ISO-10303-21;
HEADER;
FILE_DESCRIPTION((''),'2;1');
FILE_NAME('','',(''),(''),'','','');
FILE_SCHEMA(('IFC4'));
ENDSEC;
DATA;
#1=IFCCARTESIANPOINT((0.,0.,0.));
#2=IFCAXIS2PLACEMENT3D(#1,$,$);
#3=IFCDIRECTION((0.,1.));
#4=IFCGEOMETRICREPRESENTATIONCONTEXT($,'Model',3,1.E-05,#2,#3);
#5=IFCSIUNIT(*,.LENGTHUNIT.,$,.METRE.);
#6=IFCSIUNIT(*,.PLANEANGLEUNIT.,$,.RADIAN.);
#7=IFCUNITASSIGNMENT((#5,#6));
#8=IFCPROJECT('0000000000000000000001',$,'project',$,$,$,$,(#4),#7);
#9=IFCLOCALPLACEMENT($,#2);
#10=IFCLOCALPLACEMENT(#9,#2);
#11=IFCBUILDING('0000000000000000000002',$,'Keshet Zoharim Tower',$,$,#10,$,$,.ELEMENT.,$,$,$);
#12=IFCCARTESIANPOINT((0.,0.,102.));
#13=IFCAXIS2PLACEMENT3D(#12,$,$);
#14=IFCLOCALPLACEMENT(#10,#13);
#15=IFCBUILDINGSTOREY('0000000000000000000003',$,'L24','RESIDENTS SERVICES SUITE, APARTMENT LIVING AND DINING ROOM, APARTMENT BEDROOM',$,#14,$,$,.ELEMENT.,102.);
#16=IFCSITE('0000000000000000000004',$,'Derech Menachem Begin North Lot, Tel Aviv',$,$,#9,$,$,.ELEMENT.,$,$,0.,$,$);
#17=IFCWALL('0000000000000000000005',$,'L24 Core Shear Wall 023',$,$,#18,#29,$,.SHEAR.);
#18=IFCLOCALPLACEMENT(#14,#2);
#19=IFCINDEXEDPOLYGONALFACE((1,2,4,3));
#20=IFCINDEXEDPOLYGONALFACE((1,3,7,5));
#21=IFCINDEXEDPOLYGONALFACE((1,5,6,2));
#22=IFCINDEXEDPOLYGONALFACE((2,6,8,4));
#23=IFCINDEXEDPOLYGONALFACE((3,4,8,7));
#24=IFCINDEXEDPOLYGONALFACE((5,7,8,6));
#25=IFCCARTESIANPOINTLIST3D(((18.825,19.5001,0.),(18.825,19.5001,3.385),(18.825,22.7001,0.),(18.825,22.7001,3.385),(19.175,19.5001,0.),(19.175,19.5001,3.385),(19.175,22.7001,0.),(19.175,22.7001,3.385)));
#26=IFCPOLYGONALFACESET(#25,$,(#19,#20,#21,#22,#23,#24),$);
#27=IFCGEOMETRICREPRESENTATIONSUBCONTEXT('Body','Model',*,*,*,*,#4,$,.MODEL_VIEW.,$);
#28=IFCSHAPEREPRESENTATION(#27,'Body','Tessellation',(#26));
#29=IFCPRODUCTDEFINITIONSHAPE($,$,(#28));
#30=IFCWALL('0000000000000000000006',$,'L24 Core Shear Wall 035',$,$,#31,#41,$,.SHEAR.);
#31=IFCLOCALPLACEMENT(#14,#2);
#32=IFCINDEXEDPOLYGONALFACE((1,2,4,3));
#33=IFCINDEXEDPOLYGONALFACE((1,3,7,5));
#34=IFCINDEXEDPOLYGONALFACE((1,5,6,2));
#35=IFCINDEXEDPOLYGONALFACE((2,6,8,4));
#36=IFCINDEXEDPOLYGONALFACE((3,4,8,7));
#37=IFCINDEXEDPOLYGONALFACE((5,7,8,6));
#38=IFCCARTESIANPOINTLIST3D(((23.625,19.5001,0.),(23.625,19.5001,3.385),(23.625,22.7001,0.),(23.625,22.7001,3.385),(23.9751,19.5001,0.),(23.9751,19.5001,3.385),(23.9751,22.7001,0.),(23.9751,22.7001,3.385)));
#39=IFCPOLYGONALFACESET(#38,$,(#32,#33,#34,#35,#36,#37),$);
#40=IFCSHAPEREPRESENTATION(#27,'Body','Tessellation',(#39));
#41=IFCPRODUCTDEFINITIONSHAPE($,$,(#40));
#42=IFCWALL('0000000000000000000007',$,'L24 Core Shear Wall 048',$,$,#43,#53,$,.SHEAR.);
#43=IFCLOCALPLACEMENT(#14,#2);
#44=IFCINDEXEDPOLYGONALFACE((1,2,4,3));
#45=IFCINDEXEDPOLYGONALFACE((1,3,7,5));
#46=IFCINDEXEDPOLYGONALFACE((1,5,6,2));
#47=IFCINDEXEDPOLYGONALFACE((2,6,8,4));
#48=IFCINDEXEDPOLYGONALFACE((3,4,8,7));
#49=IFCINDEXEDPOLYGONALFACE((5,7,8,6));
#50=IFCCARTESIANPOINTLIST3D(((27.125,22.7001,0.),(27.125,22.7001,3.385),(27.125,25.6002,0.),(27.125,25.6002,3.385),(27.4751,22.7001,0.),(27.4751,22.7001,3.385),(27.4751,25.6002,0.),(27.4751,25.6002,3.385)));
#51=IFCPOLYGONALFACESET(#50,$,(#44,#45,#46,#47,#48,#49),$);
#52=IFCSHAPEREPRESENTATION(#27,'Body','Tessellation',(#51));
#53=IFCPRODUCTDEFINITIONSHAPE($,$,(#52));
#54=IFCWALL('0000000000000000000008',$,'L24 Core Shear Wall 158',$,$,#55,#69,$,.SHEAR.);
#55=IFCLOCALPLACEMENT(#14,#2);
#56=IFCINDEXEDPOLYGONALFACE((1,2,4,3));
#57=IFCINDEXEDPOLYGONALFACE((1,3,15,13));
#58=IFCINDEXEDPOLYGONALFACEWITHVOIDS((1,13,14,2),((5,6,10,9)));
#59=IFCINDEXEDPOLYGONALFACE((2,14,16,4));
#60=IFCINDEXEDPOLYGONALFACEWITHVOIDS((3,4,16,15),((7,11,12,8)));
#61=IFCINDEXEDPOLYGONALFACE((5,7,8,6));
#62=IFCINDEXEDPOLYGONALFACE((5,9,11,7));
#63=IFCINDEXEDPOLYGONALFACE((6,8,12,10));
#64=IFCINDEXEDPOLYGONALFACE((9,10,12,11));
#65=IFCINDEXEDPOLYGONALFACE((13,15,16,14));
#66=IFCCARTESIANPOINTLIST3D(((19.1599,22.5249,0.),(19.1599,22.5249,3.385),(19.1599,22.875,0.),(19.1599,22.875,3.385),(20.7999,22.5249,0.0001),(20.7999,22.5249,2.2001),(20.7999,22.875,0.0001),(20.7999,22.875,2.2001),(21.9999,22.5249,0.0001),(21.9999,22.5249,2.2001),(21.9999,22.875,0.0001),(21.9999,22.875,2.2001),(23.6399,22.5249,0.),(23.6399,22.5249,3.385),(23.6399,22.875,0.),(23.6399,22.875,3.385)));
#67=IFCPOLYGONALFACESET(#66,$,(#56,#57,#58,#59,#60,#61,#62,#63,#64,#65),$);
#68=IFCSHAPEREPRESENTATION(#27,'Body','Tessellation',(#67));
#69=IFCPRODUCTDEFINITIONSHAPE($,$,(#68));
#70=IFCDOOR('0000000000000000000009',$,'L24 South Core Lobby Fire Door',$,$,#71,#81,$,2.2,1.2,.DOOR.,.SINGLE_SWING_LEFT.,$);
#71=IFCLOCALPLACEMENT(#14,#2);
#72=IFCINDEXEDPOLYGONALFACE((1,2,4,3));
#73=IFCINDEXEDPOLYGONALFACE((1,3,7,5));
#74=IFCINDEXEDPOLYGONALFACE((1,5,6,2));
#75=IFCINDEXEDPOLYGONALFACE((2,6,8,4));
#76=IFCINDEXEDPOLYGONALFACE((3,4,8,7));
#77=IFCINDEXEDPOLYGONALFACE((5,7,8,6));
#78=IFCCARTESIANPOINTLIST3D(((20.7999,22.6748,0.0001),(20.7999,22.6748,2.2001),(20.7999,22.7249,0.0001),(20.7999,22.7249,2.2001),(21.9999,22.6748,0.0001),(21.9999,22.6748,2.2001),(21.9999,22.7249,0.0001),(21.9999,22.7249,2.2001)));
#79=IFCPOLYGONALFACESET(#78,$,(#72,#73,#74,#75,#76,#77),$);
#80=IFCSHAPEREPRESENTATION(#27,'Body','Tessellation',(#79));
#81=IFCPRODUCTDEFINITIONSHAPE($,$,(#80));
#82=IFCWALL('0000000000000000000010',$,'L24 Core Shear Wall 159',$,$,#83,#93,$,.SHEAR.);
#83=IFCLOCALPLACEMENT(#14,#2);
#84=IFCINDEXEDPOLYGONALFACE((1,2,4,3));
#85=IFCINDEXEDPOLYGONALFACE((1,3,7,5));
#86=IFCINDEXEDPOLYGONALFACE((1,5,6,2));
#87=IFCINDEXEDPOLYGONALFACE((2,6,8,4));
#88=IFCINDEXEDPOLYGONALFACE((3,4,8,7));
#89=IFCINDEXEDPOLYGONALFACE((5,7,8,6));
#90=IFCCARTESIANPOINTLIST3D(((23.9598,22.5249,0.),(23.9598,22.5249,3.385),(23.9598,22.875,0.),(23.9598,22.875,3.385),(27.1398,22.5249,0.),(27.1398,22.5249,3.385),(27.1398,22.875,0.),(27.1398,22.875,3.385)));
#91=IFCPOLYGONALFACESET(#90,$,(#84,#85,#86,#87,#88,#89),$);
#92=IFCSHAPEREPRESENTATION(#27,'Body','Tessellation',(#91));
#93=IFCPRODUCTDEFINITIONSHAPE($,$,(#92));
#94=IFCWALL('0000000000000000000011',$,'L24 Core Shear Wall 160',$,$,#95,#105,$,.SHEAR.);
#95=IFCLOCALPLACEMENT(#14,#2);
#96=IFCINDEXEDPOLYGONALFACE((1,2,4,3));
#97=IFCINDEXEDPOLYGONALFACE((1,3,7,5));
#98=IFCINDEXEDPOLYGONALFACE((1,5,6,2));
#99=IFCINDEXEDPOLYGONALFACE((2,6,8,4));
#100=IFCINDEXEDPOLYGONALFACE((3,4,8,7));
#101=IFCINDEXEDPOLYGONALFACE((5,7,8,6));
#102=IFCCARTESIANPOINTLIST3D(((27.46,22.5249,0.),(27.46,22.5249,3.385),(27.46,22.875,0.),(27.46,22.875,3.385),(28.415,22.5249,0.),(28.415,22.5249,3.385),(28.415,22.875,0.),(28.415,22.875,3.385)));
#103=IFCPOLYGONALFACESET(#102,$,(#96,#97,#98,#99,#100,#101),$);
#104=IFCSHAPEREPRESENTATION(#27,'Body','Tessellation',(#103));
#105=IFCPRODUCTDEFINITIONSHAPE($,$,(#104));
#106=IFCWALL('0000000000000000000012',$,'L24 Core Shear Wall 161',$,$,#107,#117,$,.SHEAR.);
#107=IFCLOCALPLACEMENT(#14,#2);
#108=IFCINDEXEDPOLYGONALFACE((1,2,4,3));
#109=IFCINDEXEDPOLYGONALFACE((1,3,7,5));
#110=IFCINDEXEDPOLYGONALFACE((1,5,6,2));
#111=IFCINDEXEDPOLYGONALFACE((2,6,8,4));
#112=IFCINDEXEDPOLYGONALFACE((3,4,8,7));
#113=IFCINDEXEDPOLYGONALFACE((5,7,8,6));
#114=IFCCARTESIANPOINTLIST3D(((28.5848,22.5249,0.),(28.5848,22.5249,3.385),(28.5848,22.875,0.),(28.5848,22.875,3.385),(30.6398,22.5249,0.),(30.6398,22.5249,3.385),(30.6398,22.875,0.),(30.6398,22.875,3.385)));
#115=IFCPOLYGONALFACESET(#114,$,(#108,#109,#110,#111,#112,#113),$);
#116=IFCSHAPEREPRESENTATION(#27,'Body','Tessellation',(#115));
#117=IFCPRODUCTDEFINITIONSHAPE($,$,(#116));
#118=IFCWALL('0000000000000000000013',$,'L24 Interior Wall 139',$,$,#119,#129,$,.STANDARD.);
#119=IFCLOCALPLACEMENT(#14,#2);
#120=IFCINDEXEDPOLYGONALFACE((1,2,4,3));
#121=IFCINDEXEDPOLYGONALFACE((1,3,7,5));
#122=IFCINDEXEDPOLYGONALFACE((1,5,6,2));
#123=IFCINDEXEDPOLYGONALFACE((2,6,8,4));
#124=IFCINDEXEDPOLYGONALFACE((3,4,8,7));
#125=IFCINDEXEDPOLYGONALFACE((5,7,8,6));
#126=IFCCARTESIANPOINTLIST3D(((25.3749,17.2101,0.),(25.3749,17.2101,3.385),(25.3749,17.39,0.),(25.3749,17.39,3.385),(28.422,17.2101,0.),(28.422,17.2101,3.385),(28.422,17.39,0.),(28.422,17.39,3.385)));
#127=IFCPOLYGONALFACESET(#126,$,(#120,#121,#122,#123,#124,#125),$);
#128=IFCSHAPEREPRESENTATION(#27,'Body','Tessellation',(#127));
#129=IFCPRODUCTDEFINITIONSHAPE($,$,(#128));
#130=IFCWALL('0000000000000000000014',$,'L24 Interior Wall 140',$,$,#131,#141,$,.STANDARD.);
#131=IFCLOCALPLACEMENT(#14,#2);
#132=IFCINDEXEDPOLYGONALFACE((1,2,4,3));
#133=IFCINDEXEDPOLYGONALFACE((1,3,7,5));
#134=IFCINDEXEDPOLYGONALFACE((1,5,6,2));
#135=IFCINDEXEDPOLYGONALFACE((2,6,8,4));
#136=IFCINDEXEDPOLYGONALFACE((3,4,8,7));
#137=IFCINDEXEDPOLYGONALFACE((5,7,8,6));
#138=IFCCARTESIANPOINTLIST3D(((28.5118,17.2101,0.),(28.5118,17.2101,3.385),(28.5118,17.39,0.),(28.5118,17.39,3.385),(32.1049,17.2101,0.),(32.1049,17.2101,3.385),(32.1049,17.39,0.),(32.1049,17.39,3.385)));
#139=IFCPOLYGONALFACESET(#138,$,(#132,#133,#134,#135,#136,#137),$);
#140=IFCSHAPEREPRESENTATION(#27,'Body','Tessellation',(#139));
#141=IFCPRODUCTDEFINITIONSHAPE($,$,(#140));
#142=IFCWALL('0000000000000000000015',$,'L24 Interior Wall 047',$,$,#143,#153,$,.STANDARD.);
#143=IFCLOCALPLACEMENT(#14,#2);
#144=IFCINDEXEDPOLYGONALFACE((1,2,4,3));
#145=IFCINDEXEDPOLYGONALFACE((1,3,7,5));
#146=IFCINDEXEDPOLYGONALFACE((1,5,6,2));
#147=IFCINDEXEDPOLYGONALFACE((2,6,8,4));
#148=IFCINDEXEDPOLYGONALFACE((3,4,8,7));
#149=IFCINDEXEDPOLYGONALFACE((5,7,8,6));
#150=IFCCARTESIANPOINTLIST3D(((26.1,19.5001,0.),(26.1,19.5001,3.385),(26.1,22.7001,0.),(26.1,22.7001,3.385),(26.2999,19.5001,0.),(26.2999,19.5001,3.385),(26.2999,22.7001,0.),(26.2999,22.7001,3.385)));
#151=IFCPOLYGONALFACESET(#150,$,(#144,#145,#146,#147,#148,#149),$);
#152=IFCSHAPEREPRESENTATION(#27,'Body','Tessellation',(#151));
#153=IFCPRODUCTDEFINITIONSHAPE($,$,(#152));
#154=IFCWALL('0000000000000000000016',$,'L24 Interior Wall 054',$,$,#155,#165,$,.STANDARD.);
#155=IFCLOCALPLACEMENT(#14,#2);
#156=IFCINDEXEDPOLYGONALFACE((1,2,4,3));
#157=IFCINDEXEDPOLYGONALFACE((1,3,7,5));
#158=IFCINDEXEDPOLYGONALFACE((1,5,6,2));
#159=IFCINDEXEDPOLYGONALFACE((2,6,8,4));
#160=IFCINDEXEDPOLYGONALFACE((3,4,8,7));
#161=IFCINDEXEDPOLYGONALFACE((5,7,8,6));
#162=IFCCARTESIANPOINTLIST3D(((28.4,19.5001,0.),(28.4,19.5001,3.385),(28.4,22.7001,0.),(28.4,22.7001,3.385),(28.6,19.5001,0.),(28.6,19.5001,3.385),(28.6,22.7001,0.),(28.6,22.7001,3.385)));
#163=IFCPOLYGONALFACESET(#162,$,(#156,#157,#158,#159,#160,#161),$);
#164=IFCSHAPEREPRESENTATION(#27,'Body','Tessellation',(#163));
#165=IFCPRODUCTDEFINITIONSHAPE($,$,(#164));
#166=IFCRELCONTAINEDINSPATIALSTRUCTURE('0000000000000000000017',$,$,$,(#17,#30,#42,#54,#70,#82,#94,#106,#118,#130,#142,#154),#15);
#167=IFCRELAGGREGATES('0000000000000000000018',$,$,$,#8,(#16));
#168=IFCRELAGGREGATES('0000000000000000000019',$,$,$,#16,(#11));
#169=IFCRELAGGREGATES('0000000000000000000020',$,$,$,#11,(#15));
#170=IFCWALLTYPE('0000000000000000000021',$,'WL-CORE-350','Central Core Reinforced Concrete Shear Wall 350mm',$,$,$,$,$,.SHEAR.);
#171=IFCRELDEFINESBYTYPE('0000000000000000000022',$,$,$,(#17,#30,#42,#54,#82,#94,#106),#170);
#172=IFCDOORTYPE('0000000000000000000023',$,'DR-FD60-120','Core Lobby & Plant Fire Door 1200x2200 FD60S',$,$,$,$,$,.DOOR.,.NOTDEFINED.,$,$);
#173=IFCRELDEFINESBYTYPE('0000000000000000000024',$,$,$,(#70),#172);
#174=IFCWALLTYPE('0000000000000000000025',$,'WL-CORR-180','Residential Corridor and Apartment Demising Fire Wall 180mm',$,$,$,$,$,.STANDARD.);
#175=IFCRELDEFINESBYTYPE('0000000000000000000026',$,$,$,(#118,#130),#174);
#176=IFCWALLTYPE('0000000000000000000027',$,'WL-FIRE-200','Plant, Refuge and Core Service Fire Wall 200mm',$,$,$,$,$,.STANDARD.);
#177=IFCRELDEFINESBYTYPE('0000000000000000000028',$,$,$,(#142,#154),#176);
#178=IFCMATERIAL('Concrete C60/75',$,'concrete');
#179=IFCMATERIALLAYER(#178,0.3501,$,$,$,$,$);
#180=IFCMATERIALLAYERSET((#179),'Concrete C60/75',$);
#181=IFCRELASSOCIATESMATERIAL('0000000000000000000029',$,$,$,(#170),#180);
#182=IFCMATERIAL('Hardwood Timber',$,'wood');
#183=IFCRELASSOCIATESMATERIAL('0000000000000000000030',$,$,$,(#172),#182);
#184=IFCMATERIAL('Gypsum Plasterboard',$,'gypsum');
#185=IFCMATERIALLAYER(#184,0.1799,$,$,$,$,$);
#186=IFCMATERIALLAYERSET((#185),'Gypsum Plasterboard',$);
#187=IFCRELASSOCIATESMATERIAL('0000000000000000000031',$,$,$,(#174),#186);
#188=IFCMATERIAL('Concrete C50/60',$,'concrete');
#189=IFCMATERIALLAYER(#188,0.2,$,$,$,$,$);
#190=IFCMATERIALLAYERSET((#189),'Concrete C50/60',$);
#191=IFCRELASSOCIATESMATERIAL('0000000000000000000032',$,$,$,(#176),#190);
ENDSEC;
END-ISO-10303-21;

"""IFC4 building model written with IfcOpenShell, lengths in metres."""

from ifc_helpers import new_model, si_unit, direction, frame, frame_2d, origin, place, context, subcontext, project, spatial, rectangle, extrude, material, layer, layer_set, type_object, element, fill, save


model = new_model("IFC4")

# Units and contexts
model_context = context("Model", 3, precision=1e-05, world=origin(), true_north=direction((0.0, 1.0)))
body_context = subcontext(model_context, "Body", "Model", "MODEL_VIEW")
ifc_project = project(units=[si_unit("LENGTHUNIT", "METRE"), si_unit("PLANEANGLEUNIT", "RADIAN")], contexts=[model_context])

# Site, building, storey
site_placement = place(None, origin())
site = spatial("IfcSite", under=ifc_project, at=site_placement, Name="Derech Menachem Begin North Lot, Tel Aviv", CompositionType="ELEMENT", RefElevation=0.0)
building_placement = place(site_placement, origin())
building = spatial("IfcBuilding", under=site, at=building_placement, Name="Keshet Zoharim Tower", CompositionType="ELEMENT")
storey_placement = place(building_placement, frame((0.0, 0.0, 102.0)))
storey = spatial("IfcBuildingStorey", under=building, at=storey_placement, Name="L24", Description="RESIDENTS SERVICES SUITE, APARTMENT LIVING AND DINING ROOM, APARTMENT BEDROOM", CompositionType="ELEMENT", Elevation=102.0)

# Wall
ifc_material_1 = material(Name="Concrete C60/75", Category="concrete")
ifc_layer_1 = layer(ifc_material_1, 0.3501)
ifc_layer_set_1 = layer_set([ifc_layer_1], Name="Concrete C60/75")
wall_type_1 = type_object("IfcWallType", Name="WL-CORE-350", Description="Central Core Reinforced Concrete Shear Wall 350mm", PredefinedType="SHEAR", material=ifc_layer_set_1)
wall_1_placement = place(storey_placement, frame((19.0, 19.5, 0.0), z_axis=(0.0, 0.0, 1.0), x_axis=(0.0, 1.0, 0.0)))
element("IfcWall", 1, at=wall_1_placement, inside=storey, type_object=wall_type_1, Name="L24 Core Shear Wall 023", PredefinedType="SHEAR", context=body_context, shape_type="SweptSolid", body=[
    extrude(rectangle(XDim=3.2, YDim=0.3501, at=frame_2d((1.6001, 0.0))), origin(), (0.0, 0.0, 1.0), 3.385),
])

# Shared definitions
ifc_material_2 = material(Name="Hardwood Timber", Category="wood")

# Wall
wall_2_placement = place(storey_placement, frame((23.8, 19.5, 0.0), z_axis=(0.0, 0.0, 1.0), x_axis=(0.0, 1.0, 0.0)))
element("IfcWall", 2, at=wall_2_placement, inside=storey, type_object=wall_type_1, Name="L24 Core Shear Wall 035", PredefinedType="SHEAR", context=body_context, shape_type="SweptSolid", body=[
    extrude(rectangle(XDim=3.2, YDim=0.3501, at=frame_2d((1.6001, 0.0))), origin(), (0.0, 0.0, 1.0), 3.385),
])

# Wall
wall_3_placement = place(storey_placement, frame((27.3, 22.7, 0.0), z_axis=(0.0, 0.0, 1.0), x_axis=(0.0, 1.0, 0.0)))
element("IfcWall", 3, at=wall_3_placement, inside=storey, type_object=wall_type_1, Name="L24 Core Shear Wall 048", PredefinedType="SHEAR", context=body_context, shape_type="SweptSolid", body=[
    extrude(rectangle(XDim=2.9001, YDim=0.3501, at=frame_2d((1.4502, 0.0))), origin(), (0.0, 0.0, 1.0), 3.385),
])

# Wall, opening, door
wall_4_placement = place(storey_placement, frame((19.1599, 22.7, 0.0), z_axis=(0.0, 0.0, 1.0), x_axis=(1.0, 0.0, 0.0)))
wall_4 = element("IfcWall", 4, at=wall_4_placement, inside=storey, type_object=wall_type_1, Name="L24 Core Shear Wall 158", PredefinedType="SHEAR", context=body_context, shape_type="SweptSolid", body=[
    extrude(rectangle(XDim=4.48, YDim=0.3501, at=frame_2d((2.24, 0.0))), origin(), (0.0, 0.0, 1.0), 3.385),
])
opening_1_placement = place(wall_4_placement, frame((1.6399, 0.0, 0.0)))
opening_1 = element("IfcOpeningElement", 5, at=opening_1_placement, cuts=wall_4, PredefinedType="OPENING", context=body_context, shape_type="SweptSolid", body=[
    extrude(rectangle(XDim=1.2, YDim=2.2, at=frame_2d((0.6001, 1.1001))), frame((0.0, 0.1851, 0.0), z_axis=(0.0, -1.0, 0.0), x_axis=(1.0, 0.0, 0.0)), (0.0, 0.0, 1.0), 0.3701),
])
door_type_1 = type_object("IfcDoorType", Name="DR-FD60-120", Description="Core Lobby & Plant Fire Door 1200x2200 FD60S", OperationType="NOTDEFINED", PredefinedType="DOOR", material=ifc_material_2)
door_1_placement = place(opening_1_placement, origin())
door_1 = element("IfcDoor", 6, at=door_1_placement, inside=storey, type_object=door_type_1, Name="L24 South Core Lobby Fire Door", OperationType="SINGLE_SWING_LEFT", OverallHeight=2.2, OverallWidth=1.2, PredefinedType="DOOR", context=body_context, shape_type="SweptSolid", body=[
    extrude(rectangle(XDim=1.2, YDim=2.2, at=frame_2d((0.6001, 1.1001))), frame((0.0, 0.0249, 0.0), z_axis=(0.0, -1.0, 0.0), x_axis=(1.0, 0.0, 0.0)), (0.0, 0.0, 1.0), 0.05),
])
fill(opening_1, door_1)

# Walls
wall_5_placement = place(storey_placement, frame((23.96, 22.7, 0.0), z_axis=(0.0, 0.0, 1.0), x_axis=(1.0, 0.0, 0.0)))
element("IfcWall", 7, at=wall_5_placement, inside=storey, type_object=wall_type_1, Name="L24 Core Shear Wall 159", PredefinedType="SHEAR", context=body_context, shape_type="SweptSolid", body=[
    extrude(rectangle(XDim=3.1799, YDim=0.3501, at=frame_2d((1.5898, 0.0))), origin(), (0.0, 0.0, 1.0), 3.385),
])
wall_6_placement = place(storey_placement, frame((27.46, 22.7, 0.0), z_axis=(0.0, 0.0, 1.0), x_axis=(1.0, 0.0, 0.0)))
element("IfcWall", 8, at=wall_6_placement, inside=storey, type_object=wall_type_1, Name="L24 Core Shear Wall 160", PredefinedType="SHEAR", context=body_context, shape_type="SweptSolid", body=[
    extrude(rectangle(XDim=0.9551, YDim=0.3501, at=frame_2d((0.4775, 0.0))), origin(), (0.0, 0.0, 1.0), 3.385),
])
wall_7_placement = place(storey_placement, frame((28.585, 22.7, 0.0), z_axis=(0.0, 0.0, 1.0), x_axis=(1.0, 0.0, 0.0)))
element("IfcWall", 9, at=wall_7_placement, inside=storey, type_object=wall_type_1, Name="L24 Core Shear Wall 161", PredefinedType="SHEAR", context=body_context, shape_type="SweptSolid", body=[
    extrude(rectangle(XDim=2.0549, YDim=0.3501, at=frame_2d((1.0273, 0.0))), origin(), (0.0, 0.0, 1.0), 3.385),
])
ifc_material_3 = material(Name="Gypsum Plasterboard", Category="gypsum")
ifc_layer_2 = layer(ifc_material_3, 0.1799)
ifc_layer_set_2 = layer_set([ifc_layer_2], Name="Gypsum Plasterboard")
wall_type_2 = type_object("IfcWallType", Name="WL-CORR-180", Description="Residential Corridor and Apartment Demising Fire Wall 180mm", PredefinedType="STANDARD", material=ifc_layer_set_2)
wall_8_placement = place(storey_placement, frame((25.375, 17.3, 0.0), z_axis=(0.0, 0.0, 1.0), x_axis=(1.0, 0.0, 0.0)))
element("IfcWall", 10, at=wall_8_placement, inside=storey, type_object=wall_type_2, Name="L24 Interior Wall 139", PredefinedType="STANDARD", context=body_context, shape_type="SweptSolid", body=[
    extrude(rectangle(XDim=3.0471, YDim=0.1799, at=frame_2d((1.5234, 0.0))), origin(), (0.0, 0.0, 1.0), 3.385),
])
wall_9_placement = place(storey_placement, frame((28.512, 17.3, 0.0), z_axis=(0.0, 0.0, 1.0), x_axis=(1.0, 0.0, 0.0)))
element("IfcWall", 11, at=wall_9_placement, inside=storey, type_object=wall_type_2, Name="L24 Interior Wall 140", PredefinedType="STANDARD", context=body_context, shape_type="SweptSolid", body=[
    extrude(rectangle(XDim=3.593, YDim=0.1799, at=frame_2d((1.7964, 0.0))), origin(), (0.0, 0.0, 1.0), 3.385),
])
ifc_material_4 = material(Name="Concrete C50/60", Category="concrete")
ifc_layer_3 = layer(ifc_material_4, 0.2)
ifc_layer_set_3 = layer_set([ifc_layer_3], Name="Concrete C50/60")
wall_type_3 = type_object("IfcWallType", Name="WL-FIRE-200", Description="Plant, Refuge and Core Service Fire Wall 200mm", PredefinedType="STANDARD", material=ifc_layer_set_3)
for number, where, z_axis, x_axis, name in (
    (12, (26.2, 19.5, 0.0), (0.0, 0.0, 1.0), (0.0, 1.0, 0.0), "L24 Interior Wall 047"),
    (13, (28.5, 19.5, 0.0), (0.0, 0.0, 1.0), (0.0, 1.0, 0.0), "L24 Interior Wall 054"),
):
    element("IfcWall", number, at=place(storey_placement, frame(where, z_axis=z_axis, x_axis=x_axis)), inside=storey, type_object=wall_type_3, Name=name, PredefinedType="STANDARD", context=body_context, shape_type="SweptSolid", body=[
        extrude(rectangle(XDim=3.2, YDim=0.2, at=frame_2d((1.6001, 0.0))), origin(), (0.0, 0.0, 1.0), 3.385),
    ])

save(model, "model.ifc")
